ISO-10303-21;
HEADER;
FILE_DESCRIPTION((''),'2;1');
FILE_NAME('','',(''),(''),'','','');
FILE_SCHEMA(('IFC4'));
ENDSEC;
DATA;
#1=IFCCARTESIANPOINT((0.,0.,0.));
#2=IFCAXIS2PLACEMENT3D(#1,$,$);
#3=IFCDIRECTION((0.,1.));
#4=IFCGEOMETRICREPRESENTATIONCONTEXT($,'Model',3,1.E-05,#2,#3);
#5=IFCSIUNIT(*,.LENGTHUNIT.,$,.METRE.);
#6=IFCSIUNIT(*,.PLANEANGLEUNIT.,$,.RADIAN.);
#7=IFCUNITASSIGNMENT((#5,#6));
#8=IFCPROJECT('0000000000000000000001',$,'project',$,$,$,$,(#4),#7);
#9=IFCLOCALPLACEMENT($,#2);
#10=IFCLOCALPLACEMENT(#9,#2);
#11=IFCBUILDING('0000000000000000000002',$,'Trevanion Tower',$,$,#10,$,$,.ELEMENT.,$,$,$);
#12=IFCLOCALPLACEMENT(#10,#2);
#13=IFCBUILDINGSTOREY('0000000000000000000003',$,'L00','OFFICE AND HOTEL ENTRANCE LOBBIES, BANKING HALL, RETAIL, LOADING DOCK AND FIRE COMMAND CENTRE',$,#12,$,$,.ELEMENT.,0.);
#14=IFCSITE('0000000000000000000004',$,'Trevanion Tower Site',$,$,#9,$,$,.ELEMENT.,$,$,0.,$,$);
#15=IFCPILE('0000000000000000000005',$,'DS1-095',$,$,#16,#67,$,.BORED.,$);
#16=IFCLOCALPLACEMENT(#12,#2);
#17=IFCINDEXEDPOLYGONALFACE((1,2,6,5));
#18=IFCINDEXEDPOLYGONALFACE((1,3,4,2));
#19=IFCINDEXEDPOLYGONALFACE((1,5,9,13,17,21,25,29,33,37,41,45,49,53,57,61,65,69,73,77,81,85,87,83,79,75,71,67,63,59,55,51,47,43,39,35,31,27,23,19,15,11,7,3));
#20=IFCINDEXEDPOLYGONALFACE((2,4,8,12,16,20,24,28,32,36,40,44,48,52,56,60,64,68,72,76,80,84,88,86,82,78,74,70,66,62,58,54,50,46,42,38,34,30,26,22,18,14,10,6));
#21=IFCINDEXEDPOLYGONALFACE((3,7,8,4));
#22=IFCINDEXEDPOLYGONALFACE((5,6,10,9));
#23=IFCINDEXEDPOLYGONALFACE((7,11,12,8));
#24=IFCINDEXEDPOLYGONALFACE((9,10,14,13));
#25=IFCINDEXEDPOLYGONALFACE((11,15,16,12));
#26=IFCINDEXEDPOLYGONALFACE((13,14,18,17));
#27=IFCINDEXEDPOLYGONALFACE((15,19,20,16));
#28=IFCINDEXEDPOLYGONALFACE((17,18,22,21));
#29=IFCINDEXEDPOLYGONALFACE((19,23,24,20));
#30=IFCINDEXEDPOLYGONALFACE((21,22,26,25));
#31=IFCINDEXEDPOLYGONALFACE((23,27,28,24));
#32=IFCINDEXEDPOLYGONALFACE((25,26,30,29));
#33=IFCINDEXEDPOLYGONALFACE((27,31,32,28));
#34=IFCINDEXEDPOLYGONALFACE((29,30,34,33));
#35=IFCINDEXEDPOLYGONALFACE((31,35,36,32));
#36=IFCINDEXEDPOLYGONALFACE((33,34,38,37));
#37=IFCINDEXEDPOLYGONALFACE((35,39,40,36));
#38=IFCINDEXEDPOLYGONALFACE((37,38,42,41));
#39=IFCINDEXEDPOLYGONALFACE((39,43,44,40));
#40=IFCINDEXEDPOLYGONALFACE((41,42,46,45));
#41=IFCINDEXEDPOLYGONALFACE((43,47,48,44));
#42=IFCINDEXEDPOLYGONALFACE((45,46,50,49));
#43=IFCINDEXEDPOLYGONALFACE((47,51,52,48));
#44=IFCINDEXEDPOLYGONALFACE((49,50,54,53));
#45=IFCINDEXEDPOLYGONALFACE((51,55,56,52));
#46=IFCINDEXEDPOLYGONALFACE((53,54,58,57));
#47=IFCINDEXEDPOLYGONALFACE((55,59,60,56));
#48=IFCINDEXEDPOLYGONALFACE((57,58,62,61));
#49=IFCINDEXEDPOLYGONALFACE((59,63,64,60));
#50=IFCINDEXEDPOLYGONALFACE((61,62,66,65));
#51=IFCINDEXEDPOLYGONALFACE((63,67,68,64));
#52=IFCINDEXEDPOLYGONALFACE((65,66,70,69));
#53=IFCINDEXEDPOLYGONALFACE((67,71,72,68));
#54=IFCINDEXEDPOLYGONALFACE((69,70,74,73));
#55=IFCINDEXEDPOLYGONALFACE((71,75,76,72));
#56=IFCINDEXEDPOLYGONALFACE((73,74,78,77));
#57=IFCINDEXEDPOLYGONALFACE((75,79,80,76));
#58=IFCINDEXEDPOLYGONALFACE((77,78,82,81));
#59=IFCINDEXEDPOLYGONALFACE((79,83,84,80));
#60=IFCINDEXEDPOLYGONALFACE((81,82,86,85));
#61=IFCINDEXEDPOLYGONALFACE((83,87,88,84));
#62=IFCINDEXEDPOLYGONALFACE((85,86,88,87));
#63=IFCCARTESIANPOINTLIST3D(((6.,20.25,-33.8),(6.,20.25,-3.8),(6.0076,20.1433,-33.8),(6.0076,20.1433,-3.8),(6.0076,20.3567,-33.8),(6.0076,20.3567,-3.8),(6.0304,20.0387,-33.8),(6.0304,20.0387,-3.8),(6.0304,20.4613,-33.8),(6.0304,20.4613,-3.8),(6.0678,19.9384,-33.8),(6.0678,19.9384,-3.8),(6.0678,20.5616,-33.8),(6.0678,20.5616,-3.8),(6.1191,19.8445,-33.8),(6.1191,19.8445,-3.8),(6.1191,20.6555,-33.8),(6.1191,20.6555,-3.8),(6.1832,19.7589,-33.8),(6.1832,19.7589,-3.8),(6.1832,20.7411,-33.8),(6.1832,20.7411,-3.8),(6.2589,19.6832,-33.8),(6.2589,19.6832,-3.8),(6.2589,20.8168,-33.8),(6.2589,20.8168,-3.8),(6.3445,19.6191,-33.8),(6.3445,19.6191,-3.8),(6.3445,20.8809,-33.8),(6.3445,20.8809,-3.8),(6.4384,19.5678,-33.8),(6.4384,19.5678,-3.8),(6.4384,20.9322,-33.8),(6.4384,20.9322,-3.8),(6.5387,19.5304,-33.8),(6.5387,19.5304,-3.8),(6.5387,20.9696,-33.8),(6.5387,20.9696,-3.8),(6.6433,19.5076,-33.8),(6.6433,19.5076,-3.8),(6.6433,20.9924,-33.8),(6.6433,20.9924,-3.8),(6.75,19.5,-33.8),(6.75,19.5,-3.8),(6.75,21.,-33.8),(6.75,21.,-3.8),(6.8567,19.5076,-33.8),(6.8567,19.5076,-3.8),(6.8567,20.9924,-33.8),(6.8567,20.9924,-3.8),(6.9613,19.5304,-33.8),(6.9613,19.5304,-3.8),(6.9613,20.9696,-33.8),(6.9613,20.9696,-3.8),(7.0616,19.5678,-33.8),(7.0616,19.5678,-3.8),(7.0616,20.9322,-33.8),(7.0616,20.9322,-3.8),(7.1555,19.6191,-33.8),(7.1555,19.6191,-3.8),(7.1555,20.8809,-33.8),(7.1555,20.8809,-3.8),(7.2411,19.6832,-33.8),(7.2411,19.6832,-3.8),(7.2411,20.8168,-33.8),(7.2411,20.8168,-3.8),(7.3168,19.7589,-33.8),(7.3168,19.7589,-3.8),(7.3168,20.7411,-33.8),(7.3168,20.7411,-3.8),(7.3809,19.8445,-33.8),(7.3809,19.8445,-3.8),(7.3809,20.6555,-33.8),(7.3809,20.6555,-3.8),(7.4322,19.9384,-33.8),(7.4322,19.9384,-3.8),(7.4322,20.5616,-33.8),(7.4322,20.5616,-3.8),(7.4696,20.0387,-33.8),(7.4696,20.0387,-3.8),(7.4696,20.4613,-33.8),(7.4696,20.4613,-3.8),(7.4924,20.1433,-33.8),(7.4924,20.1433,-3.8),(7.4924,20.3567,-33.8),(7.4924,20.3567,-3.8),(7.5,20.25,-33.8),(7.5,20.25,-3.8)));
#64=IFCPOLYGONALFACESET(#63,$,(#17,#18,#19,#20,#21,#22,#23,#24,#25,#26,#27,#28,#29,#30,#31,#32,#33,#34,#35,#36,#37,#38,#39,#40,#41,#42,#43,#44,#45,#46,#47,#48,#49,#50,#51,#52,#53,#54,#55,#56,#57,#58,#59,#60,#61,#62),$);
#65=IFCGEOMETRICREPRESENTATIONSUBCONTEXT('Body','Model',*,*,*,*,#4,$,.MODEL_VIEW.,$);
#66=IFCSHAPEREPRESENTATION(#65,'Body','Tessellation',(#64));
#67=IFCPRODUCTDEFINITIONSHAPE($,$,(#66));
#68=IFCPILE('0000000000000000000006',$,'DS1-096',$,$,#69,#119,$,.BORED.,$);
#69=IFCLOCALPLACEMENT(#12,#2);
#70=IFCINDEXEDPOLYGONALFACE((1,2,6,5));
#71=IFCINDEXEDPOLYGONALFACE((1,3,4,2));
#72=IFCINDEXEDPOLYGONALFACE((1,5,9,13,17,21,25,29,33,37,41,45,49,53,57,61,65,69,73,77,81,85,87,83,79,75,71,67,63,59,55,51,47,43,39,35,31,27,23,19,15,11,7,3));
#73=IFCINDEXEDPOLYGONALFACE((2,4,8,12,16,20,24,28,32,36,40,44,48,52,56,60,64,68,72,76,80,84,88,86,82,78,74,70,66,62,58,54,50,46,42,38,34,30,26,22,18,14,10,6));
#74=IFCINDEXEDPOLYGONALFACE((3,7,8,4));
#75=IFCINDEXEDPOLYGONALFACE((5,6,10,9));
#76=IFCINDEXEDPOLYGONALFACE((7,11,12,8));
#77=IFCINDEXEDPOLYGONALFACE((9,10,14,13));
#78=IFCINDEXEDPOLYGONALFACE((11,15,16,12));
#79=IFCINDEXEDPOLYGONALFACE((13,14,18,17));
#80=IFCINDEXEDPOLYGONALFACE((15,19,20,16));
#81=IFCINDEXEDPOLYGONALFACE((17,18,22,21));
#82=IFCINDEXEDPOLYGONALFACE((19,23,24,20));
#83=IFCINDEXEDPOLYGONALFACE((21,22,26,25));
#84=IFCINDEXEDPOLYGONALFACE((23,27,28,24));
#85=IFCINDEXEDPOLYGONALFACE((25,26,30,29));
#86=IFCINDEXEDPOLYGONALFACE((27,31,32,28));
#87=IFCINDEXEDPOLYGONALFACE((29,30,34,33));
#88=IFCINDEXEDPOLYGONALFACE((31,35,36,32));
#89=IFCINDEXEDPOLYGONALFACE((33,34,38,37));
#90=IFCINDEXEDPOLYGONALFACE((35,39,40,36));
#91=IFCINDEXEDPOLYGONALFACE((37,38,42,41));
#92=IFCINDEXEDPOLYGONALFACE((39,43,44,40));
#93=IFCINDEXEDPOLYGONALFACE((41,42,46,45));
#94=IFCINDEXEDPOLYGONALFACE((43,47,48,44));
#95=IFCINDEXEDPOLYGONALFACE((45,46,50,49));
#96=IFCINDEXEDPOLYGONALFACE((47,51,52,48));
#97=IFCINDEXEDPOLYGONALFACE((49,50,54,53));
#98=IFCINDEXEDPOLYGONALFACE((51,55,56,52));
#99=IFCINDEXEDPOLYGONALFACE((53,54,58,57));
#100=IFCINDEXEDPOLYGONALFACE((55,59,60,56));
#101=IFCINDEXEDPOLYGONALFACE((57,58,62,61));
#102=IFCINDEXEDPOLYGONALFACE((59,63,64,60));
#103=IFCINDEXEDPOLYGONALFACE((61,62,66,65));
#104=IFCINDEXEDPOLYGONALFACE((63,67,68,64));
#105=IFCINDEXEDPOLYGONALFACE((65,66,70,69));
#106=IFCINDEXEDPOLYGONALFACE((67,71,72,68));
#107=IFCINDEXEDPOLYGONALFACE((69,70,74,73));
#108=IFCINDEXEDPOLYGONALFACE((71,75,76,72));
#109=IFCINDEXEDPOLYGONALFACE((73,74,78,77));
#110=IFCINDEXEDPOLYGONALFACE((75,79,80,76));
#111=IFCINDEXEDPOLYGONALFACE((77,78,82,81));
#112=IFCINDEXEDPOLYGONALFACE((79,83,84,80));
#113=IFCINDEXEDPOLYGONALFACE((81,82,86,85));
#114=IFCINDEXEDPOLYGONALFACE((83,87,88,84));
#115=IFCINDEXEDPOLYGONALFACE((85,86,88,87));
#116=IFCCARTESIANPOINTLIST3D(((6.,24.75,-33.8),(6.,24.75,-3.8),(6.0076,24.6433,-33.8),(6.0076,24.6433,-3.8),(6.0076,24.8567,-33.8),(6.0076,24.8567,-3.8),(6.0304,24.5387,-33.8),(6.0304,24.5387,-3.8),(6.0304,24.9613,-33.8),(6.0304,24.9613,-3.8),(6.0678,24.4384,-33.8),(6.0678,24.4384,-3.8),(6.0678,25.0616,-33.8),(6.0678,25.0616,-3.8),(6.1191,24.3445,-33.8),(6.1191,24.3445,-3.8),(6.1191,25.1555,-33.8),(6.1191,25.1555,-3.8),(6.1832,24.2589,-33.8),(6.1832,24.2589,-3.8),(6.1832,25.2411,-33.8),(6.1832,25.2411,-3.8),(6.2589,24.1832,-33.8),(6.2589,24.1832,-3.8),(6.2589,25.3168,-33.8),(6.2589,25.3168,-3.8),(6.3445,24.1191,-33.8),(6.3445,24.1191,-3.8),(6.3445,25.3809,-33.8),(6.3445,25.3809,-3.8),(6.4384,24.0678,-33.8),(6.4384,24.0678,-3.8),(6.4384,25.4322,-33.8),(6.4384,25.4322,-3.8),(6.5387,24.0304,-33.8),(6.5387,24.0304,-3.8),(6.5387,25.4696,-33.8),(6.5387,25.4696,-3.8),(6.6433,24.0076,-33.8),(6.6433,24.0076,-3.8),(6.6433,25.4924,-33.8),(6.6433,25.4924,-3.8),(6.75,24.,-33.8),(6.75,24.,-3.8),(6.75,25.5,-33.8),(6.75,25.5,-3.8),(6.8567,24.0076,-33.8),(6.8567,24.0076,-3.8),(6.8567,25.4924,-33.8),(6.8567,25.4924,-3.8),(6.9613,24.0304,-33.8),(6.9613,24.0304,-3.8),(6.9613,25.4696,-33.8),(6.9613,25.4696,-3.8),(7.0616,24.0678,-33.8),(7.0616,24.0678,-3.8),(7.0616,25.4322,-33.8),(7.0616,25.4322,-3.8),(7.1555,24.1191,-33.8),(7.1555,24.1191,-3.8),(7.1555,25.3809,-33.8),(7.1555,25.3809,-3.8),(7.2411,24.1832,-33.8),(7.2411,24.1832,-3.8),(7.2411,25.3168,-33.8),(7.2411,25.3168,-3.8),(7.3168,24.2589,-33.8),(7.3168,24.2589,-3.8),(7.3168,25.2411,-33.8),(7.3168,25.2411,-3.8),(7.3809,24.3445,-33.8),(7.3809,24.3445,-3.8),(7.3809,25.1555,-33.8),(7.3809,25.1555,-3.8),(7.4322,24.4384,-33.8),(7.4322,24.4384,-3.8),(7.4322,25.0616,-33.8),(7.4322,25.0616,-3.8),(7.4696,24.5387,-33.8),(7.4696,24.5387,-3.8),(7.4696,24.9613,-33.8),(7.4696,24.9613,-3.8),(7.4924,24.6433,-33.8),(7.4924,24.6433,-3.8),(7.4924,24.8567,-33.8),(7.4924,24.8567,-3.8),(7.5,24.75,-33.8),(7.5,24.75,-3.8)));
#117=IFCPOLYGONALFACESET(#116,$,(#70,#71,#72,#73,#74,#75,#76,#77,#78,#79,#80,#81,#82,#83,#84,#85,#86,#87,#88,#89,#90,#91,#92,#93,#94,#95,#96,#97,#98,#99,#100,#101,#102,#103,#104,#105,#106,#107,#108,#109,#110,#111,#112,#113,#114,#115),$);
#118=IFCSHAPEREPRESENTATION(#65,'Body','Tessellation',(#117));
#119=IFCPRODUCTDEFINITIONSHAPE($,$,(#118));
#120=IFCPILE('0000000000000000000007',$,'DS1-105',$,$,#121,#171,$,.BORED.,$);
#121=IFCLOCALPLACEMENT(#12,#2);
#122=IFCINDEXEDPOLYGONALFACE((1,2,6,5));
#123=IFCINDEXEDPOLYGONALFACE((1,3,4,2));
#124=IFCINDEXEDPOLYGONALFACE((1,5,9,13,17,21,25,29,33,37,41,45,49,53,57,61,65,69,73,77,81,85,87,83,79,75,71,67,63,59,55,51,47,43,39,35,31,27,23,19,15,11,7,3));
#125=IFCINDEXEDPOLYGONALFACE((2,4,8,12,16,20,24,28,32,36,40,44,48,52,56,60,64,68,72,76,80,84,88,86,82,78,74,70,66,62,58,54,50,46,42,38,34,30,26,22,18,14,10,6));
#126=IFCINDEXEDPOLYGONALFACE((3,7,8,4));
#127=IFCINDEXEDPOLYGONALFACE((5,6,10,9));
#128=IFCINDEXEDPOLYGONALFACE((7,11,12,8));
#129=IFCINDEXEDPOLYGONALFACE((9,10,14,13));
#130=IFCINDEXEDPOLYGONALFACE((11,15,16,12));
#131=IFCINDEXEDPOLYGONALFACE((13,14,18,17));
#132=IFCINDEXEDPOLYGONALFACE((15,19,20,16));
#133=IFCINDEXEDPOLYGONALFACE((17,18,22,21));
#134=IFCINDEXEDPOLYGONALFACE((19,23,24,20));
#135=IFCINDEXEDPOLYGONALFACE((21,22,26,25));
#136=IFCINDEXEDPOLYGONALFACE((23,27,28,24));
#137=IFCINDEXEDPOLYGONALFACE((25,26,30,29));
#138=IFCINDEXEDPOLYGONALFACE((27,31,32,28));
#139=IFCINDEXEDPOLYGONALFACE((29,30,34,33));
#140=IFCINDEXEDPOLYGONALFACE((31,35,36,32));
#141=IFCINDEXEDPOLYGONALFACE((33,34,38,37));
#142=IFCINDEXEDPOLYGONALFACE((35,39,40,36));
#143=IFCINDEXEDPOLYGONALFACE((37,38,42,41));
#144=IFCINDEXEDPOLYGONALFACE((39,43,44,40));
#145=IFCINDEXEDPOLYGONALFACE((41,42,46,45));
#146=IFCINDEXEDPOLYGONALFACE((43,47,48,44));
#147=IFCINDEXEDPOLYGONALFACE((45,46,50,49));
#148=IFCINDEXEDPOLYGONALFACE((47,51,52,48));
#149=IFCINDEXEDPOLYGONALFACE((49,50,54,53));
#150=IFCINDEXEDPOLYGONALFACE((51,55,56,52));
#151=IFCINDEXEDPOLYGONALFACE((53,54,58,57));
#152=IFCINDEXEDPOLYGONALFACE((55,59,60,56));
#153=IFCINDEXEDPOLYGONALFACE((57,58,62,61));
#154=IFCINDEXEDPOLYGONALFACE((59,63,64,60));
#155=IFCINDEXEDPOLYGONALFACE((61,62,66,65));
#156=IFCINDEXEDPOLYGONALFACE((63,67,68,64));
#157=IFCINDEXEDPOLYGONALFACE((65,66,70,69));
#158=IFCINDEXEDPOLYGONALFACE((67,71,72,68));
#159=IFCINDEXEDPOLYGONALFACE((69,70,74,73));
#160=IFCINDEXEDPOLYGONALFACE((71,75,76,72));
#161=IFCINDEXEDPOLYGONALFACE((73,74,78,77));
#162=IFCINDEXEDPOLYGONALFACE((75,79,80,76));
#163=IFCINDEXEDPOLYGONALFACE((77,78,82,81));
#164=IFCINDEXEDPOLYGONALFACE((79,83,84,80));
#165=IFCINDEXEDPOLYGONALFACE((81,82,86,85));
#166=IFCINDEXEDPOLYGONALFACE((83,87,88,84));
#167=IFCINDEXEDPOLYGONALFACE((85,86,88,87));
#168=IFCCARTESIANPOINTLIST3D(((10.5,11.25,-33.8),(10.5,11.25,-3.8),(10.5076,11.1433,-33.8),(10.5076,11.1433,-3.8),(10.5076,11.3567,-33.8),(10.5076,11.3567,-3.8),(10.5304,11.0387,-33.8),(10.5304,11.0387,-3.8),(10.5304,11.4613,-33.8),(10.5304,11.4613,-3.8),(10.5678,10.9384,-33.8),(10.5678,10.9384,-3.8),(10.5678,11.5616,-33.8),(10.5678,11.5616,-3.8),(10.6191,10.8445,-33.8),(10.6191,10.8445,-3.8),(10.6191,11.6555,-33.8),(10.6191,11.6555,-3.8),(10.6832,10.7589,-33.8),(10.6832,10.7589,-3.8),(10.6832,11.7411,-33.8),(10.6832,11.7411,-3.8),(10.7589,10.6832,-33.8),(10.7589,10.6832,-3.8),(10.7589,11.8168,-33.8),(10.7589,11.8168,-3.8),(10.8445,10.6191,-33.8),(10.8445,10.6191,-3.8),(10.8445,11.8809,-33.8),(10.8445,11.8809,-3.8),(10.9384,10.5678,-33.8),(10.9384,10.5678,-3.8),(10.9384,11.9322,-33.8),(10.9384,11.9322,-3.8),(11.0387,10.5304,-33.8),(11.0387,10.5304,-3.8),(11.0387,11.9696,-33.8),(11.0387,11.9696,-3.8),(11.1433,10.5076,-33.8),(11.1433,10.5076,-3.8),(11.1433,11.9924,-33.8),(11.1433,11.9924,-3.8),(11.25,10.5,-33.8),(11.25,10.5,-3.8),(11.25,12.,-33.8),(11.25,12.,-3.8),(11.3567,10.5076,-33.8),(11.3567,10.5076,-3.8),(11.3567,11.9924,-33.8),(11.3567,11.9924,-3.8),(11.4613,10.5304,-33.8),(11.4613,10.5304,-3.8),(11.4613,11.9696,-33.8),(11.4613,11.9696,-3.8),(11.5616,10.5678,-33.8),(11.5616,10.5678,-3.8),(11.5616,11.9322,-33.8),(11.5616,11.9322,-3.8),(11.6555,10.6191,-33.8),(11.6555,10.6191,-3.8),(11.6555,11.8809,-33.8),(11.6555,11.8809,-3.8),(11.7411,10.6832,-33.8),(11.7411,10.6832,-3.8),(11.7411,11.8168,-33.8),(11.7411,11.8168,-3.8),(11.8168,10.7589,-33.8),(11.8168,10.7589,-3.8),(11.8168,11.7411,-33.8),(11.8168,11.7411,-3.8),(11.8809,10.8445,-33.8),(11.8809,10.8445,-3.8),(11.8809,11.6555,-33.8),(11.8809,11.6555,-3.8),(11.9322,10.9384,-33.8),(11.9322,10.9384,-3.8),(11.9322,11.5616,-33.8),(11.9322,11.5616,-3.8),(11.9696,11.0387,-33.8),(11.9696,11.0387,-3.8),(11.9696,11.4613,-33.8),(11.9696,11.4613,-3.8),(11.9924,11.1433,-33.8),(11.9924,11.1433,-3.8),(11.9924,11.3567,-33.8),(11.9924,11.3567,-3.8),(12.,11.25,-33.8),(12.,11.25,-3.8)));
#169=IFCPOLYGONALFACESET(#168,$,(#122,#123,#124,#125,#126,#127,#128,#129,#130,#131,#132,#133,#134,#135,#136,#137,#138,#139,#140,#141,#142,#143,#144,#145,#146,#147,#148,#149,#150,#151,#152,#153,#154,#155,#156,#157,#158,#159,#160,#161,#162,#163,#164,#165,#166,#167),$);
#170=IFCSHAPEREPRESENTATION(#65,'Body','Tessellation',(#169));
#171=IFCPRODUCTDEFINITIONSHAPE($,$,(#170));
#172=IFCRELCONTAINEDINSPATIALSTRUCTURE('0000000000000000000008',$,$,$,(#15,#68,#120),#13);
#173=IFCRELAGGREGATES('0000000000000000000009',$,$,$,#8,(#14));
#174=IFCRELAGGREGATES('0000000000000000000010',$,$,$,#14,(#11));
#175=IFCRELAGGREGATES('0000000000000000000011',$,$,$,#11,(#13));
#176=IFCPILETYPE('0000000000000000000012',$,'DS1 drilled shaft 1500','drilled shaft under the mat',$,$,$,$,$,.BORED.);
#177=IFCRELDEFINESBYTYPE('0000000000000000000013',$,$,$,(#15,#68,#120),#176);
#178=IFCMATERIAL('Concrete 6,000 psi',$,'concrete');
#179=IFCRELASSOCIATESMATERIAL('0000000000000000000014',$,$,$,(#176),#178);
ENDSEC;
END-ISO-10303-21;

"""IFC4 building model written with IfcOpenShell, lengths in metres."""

from ifc_helpers import new_model, si_unit, direction, frame, origin, origin_2d, place, context, subcontext, project, spatial, circle, extrude, material, material_profile, profile_set, type_object, element, save


model = new_model("IFC4")

# Units and contexts
model_context = context("Model", 3, precision=1e-05, world=origin(), true_north=direction((0.0, 1.0)))
body_context = subcontext(model_context, "Body", "Model", "MODEL_VIEW")
ifc_project = project(units=[si_unit("LENGTHUNIT", "METRE"), si_unit("PLANEANGLEUNIT", "RADIAN")], contexts=[model_context])

# Site, building, storey
site_placement = place(None, origin())
site = spatial("IfcSite", under=ifc_project, at=site_placement, Name="Trevanion Tower Site", CompositionType="ELEMENT", RefElevation=0.0)
building_placement = place(site_placement, origin())
building = spatial("IfcBuilding", under=site, at=building_placement, Name="Trevanion Tower", CompositionType="ELEMENT")
storey_placement = place(building_placement, origin())
storey = spatial("IfcBuildingStorey", under=building, at=storey_placement, Name="L00", Description="OFFICE AND HOTEL ENTRANCE LOBBIES, BANKING HALL, RETAIL, LOADING DOCK AND FIRE COMMAND CENTRE", CompositionType="ELEMENT", Elevation=0.0)

# Piles
ifc_material_1 = material(Name="Concrete 6,000 psi", Category="concrete")
ifc_material_profile_1 = material_profile(ifc_material_1, circle(Radius=0.75, at=origin_2d()), Name="DS1 drilled shaft 1500")
ifc_profile_set_1 = profile_set([ifc_material_profile_1], Name="Concrete 6,000 psi")
pile_type = type_object("IfcPileType", Name="DS1 drilled shaft 1500", Description="drilled shaft under the mat", PredefinedType="BORED", material=ifc_profile_set_1)
for number, where, z_axis, x_axis, name in (
    (1, (6.75, 20.25, -3.8), (0.0, 0.0, -1.0), (1.0, 0.0, 0.0), "DS1-095"),
    (2, (6.75, 24.75, -3.8), (0.0, 0.0, -1.0), (1.0, 0.0, 0.0), "DS1-096"),
    (3, (11.25, 11.25, -3.8), (0.0, 0.0, -1.0), (1.0, 0.0, 0.0), "DS1-105"),
):
    element("IfcPile", number, at=place(storey_placement, frame(where, z_axis=z_axis, x_axis=x_axis)), inside=storey, type_object=pile_type, Name=name, PredefinedType="BORED", context=body_context, shape_type="SweptSolid", body=[
        extrude(circle(Radius=0.75, at=origin_2d()), origin(), (0.0, 0.0, 1.0), 30.0),
    ])

save(model, "model.ifc")
